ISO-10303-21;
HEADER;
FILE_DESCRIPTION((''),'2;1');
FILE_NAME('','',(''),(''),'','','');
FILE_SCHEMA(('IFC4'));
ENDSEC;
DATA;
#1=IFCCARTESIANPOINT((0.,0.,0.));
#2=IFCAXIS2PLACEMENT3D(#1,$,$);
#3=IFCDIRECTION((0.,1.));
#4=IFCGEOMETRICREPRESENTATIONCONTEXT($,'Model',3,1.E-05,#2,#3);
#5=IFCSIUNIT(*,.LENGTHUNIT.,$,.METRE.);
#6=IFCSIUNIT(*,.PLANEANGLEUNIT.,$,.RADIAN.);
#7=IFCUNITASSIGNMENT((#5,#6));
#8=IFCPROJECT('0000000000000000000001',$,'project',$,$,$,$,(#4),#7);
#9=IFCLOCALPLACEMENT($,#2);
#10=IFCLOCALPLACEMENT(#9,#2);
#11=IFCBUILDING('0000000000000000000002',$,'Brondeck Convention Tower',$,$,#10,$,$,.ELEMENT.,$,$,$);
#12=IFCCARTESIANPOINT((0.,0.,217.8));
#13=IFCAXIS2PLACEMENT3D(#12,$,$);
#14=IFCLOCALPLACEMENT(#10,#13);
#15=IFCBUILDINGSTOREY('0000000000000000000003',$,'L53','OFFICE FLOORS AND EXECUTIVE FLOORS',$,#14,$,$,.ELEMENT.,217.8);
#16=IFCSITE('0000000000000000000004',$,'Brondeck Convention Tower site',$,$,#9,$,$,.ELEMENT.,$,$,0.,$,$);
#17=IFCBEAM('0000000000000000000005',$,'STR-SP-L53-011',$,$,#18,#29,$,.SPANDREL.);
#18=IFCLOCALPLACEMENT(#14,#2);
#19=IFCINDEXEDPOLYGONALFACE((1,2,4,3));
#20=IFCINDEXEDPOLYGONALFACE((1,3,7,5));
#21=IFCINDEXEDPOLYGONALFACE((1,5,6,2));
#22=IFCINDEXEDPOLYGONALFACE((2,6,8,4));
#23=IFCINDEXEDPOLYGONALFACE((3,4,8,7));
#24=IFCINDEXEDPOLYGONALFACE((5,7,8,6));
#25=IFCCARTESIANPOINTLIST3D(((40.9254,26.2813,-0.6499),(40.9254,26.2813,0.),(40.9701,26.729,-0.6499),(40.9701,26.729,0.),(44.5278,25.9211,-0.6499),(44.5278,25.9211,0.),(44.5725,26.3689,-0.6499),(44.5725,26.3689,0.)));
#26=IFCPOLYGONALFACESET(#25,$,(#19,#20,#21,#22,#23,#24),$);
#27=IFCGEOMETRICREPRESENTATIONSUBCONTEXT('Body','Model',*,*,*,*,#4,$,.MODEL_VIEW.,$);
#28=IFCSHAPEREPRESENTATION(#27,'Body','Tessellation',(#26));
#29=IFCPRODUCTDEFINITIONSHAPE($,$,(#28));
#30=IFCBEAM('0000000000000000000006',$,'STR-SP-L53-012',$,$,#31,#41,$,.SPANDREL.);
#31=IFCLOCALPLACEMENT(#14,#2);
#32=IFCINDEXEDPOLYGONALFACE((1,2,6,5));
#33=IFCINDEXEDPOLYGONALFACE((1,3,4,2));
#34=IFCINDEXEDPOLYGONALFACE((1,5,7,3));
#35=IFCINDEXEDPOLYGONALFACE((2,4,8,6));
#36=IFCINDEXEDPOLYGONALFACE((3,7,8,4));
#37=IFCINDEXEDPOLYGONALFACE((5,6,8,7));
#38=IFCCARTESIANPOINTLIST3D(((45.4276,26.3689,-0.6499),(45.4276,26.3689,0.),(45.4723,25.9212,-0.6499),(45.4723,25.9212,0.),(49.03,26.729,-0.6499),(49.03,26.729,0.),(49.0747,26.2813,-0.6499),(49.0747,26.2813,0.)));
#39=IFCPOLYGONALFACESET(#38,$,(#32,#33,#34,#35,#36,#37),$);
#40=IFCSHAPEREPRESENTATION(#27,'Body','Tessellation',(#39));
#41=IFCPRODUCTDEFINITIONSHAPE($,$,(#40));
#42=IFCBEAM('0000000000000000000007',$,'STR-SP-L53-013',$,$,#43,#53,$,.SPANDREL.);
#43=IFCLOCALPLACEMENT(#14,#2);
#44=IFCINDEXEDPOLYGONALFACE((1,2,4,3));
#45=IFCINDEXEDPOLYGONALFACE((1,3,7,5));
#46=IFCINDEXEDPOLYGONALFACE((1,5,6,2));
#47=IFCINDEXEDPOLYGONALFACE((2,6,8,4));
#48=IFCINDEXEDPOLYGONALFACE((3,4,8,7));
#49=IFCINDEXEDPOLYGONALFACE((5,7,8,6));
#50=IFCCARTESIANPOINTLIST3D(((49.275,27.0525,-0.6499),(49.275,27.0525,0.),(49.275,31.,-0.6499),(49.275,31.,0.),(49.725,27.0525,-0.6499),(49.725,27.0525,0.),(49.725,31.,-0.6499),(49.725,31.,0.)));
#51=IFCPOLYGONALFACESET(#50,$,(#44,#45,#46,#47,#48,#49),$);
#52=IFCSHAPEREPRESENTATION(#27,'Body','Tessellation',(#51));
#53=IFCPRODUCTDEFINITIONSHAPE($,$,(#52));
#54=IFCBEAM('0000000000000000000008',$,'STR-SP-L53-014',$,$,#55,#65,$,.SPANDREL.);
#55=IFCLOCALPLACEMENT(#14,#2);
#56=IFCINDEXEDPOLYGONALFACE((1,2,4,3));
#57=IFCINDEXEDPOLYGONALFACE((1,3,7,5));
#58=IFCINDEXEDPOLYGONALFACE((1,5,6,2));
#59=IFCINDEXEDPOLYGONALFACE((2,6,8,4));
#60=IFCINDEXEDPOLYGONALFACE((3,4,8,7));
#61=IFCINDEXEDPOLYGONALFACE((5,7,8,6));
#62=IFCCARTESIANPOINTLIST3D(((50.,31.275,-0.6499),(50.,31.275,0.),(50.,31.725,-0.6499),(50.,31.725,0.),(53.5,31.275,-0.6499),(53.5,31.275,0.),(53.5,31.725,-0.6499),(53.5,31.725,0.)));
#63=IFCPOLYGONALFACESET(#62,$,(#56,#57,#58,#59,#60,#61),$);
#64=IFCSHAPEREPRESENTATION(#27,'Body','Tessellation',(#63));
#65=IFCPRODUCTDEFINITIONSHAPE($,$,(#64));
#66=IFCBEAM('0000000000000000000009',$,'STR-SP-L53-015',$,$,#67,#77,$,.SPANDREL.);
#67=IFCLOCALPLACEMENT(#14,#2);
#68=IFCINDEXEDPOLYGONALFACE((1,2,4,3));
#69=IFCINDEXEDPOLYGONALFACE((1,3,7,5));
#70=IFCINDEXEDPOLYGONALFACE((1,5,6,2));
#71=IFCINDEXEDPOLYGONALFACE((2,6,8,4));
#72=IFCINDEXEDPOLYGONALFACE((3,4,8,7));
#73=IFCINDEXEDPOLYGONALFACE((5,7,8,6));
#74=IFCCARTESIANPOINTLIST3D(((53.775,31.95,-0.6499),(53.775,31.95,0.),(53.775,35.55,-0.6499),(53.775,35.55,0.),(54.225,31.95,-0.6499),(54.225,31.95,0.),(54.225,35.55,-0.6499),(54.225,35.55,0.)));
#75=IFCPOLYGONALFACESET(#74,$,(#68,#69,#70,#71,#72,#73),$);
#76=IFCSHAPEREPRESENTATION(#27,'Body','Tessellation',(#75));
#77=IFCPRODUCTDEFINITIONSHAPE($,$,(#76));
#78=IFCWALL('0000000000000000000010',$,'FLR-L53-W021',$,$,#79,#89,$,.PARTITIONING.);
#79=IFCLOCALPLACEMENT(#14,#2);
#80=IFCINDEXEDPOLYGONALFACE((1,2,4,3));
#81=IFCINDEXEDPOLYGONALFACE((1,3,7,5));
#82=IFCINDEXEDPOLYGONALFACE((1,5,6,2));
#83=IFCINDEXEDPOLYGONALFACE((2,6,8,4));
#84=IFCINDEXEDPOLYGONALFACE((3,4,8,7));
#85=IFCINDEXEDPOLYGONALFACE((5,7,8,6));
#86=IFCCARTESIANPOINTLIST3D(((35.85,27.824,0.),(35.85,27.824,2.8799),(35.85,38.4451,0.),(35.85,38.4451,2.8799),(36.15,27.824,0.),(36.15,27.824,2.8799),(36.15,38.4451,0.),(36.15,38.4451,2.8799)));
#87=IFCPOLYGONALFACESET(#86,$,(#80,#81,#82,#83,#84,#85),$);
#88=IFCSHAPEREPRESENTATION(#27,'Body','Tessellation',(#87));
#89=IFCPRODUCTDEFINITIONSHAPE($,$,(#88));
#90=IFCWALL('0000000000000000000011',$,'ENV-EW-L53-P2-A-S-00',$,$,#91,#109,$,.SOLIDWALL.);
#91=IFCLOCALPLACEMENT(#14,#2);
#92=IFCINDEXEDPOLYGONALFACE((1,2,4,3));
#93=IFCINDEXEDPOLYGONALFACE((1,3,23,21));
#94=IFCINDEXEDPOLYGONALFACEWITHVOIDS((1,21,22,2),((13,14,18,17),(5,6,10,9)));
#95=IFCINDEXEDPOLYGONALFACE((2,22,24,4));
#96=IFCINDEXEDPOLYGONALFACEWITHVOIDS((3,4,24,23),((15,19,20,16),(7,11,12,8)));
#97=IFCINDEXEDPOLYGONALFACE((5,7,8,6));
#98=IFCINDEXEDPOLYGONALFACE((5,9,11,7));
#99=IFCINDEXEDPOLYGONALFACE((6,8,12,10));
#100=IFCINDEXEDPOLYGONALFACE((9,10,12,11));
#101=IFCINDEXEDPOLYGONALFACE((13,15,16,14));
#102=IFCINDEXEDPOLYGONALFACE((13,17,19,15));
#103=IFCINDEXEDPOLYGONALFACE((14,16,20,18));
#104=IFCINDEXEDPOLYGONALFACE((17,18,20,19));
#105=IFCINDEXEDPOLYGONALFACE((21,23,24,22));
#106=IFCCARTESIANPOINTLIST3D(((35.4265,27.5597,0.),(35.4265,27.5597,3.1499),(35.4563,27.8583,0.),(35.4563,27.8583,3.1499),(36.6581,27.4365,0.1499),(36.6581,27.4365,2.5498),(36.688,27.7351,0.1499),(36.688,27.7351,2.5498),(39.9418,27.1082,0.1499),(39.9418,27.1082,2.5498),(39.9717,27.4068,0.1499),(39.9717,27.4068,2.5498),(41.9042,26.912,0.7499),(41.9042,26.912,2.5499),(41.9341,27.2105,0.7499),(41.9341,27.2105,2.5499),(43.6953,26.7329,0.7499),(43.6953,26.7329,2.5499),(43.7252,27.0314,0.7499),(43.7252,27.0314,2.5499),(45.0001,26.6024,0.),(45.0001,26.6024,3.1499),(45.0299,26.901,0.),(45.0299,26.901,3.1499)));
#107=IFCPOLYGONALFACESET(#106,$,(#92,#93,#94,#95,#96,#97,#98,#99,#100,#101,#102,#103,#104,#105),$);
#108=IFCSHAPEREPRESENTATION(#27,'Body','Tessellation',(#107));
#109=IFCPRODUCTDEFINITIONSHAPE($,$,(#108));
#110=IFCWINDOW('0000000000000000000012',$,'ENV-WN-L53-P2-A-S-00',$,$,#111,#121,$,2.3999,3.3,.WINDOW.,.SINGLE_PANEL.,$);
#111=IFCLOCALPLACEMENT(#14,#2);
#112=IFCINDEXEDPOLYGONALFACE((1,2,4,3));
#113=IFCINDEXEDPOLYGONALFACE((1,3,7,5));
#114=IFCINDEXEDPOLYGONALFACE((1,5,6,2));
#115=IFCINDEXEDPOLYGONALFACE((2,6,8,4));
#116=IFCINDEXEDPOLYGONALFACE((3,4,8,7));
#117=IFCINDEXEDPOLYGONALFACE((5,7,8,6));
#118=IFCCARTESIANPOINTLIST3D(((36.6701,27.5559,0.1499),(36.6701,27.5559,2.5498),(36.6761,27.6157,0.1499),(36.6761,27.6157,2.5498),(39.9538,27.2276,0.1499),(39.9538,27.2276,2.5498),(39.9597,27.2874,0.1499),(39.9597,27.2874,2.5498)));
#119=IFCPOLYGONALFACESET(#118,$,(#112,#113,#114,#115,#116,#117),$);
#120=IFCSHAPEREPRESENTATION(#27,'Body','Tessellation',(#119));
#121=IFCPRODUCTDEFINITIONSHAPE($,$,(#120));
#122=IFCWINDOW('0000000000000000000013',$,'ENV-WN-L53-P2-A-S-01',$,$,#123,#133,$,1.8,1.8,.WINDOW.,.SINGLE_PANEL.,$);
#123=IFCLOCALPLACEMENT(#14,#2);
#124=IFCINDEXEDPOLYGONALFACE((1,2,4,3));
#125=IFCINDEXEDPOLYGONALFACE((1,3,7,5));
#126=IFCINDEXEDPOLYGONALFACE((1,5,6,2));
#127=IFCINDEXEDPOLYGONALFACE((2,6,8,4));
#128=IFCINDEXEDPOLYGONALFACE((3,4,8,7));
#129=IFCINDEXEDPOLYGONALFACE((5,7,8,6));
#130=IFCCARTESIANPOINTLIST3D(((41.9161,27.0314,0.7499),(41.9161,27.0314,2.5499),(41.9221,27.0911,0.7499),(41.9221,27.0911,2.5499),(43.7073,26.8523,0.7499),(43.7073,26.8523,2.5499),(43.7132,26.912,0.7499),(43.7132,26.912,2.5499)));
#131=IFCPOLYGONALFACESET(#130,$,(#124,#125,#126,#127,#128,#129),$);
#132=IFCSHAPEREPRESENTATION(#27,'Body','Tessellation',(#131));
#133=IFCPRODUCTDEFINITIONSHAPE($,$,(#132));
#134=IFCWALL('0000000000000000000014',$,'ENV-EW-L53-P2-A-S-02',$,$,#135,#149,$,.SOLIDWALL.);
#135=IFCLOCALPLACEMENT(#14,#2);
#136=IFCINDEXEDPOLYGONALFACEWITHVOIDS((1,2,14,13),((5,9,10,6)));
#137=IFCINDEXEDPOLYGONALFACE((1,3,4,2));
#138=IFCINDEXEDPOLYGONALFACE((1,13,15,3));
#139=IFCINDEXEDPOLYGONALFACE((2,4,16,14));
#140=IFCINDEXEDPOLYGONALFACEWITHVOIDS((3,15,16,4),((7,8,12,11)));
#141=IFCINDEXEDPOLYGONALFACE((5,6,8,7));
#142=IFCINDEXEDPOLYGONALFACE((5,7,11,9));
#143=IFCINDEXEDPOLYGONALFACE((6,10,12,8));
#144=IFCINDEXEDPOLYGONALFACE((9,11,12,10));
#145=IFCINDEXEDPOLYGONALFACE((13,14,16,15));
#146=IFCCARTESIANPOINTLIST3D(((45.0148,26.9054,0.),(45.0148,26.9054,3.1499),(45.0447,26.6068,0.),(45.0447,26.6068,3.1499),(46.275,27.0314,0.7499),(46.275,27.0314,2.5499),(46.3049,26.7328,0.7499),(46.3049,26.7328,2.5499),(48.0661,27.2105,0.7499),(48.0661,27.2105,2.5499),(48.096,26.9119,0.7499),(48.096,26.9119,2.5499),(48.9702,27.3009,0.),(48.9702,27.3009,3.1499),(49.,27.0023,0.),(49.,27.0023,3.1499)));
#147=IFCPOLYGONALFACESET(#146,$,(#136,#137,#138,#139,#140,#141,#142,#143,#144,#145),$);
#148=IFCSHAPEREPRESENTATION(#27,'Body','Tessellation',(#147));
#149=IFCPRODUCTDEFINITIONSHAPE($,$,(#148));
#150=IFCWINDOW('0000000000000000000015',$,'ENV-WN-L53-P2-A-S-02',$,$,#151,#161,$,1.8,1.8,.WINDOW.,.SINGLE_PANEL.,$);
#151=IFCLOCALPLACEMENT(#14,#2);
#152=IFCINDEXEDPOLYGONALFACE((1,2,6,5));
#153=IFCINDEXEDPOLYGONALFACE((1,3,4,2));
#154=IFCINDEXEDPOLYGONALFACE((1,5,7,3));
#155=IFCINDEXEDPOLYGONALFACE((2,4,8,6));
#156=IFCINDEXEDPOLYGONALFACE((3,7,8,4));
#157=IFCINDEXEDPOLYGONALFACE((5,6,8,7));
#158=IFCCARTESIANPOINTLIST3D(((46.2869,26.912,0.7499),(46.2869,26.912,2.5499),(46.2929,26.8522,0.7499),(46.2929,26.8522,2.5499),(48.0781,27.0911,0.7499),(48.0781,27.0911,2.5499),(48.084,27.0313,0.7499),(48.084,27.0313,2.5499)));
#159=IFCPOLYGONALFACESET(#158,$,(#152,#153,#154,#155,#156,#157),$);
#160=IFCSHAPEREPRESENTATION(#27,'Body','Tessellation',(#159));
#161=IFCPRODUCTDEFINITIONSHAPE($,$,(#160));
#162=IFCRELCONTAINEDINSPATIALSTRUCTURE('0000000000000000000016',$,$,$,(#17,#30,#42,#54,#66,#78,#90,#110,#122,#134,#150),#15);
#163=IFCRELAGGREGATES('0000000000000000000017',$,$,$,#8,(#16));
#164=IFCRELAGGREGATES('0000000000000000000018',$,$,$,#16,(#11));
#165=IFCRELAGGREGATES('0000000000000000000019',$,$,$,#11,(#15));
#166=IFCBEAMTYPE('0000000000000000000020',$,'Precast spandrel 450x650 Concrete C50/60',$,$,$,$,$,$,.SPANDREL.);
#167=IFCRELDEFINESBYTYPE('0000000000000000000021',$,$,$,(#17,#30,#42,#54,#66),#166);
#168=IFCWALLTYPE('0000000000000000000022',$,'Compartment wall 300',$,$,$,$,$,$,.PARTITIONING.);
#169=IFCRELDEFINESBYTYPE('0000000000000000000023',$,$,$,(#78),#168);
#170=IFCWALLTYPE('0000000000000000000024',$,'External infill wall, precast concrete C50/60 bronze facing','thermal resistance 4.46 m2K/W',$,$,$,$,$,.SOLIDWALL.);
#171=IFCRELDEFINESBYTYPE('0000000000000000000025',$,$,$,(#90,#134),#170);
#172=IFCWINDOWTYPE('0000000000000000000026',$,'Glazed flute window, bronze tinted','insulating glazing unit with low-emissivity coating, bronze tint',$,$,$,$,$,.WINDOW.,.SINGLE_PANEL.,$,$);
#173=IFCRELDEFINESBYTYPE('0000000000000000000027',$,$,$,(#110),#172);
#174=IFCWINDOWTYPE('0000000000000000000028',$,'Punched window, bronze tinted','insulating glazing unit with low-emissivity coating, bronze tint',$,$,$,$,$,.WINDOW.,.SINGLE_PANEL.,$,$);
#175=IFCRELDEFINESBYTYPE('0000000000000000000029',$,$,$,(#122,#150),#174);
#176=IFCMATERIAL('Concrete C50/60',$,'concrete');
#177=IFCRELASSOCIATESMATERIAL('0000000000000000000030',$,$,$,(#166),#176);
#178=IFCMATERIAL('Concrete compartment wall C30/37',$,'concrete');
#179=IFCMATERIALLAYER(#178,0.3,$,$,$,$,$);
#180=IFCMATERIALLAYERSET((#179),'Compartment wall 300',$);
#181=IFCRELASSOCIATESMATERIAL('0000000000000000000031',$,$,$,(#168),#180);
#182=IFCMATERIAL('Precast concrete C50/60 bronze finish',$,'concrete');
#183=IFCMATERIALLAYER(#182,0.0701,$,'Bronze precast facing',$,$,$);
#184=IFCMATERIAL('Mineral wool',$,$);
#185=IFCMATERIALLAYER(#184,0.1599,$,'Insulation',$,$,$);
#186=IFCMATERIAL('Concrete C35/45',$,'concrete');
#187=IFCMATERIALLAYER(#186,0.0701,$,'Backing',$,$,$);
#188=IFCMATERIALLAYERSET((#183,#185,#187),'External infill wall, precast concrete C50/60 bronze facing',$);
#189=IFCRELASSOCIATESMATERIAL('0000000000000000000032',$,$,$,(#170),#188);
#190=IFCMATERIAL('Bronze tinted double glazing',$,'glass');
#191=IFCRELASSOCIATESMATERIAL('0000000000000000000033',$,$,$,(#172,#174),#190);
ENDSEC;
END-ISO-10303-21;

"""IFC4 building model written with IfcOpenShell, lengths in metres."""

from ifc_helpers import new_model, si_unit, direction, frame, frame_2d, origin, origin_2d, place, context, subcontext, project, spatial, rectangle, extrude, material, layer, layer_set, material_profile, profile_set, type_object, element, fill, save


model = new_model("IFC4")

# Units and contexts
model_context = context("Model", 3, precision=1e-05, world=origin(), true_north=direction((0.0, 1.0)))
body_context = subcontext(model_context, "Body", "Model", "MODEL_VIEW")
ifc_project = project(units=[si_unit("LENGTHUNIT", "METRE"), si_unit("PLANEANGLEUNIT", "RADIAN")], contexts=[model_context])

# Site, building, storey
site_placement = place(None, origin())
site = spatial("IfcSite", under=ifc_project, at=site_placement, Name="Brondeck Convention Tower site", CompositionType="ELEMENT", RefElevation=0.0)
building_placement = place(site_placement, origin())
building = spatial("IfcBuilding", under=site, at=building_placement, Name="Brondeck Convention Tower", CompositionType="ELEMENT")
storey_placement = place(building_placement, frame((0.0, 0.0, 217.8)))
storey = spatial("IfcBuildingStorey", under=building, at=storey_placement, Name="L53", Description="OFFICE FLOORS AND EXECUTIVE FLOORS", CompositionType="ELEMENT", Elevation=217.8)

# Shared definitions
ifc_material_1 = material(Name="Concrete C50/60", Category="concrete")

# Beams
ifc_material_profile_1 = material_profile(ifc_material_1, rectangle(XDim=0.45, YDim=0.6499, at=origin_2d()), Name="Precast spandrel 450x650 Concrete C50/60")
ifc_profile_set_1 = profile_set([ifc_material_profile_1], Name="Concrete C50/60")
beam_type_1 = type_object("IfcBeamType", Name="Precast spandrel 450x650 Concrete C50/60", PredefinedType="SPANDREL", material=ifc_profile_set_1)
for number, where, z_axis, x_axis, name in (
    (1, (40.9478, 26.5051, -0.325), (0.995041, -0.09947, 0.0), (0.09947, 0.995041, 0.0), "STR-SP-L53-011"),
    (2, (45.45, 26.145, -0.325), (0.995041, 0.09947, 0.0), (-0.09947, 0.995041, 0.0), "STR-SP-L53-012"),
):
    element("IfcBeam", number, at=place(storey_placement, frame(where, z_axis=z_axis, x_axis=x_axis)), inside=storey, type_object=beam_type_1, Name=name, PredefinedType="SPANDREL", context=body_context, shape_type="SweptSolid", body=[
        extrude(rectangle(XDim=0.45, YDim=0.6499, at=origin_2d()), origin(), (0.0, 0.0, 1.0), 3.6204),
    ])
beam_1_placement = place(storey_placement, frame((49.5, 27.0525, -0.325), z_axis=(0.0, 1.0, 0.0), x_axis=(-1.0, 0.0, 0.0)))
element("IfcBeam", 3, at=beam_1_placement, inside=storey, type_object=beam_type_1, Name="STR-SP-L53-013", PredefinedType="SPANDREL", context=body_context, shape_type="SweptSolid", body=[
    extrude(rectangle(XDim=0.45, YDim=0.6499, at=origin_2d()), origin(), (0.0, 0.0, 1.0), 3.9475),
])
beam_2_placement = place(storey_placement, frame((50.0, 31.5, -0.325), z_axis=(1.0, 0.0, 0.0), x_axis=(0.0, 1.0, 0.0)))
element("IfcBeam", 4, at=beam_2_placement, inside=storey, type_object=beam_type_1, Name="STR-SP-L53-014", PredefinedType="SPANDREL", context=body_context, shape_type="SweptSolid", body=[
    extrude(rectangle(XDim=0.45, YDim=0.6499, at=origin_2d()), origin(), (0.0, 0.0, 1.0), 3.5),
])
beam_3_placement = place(storey_placement, frame((54.0, 31.95, -0.325), z_axis=(0.0, 1.0, 0.0), x_axis=(-1.0, 0.0, 0.0)))
element("IfcBeam", 5, at=beam_3_placement, inside=storey, type_object=beam_type_1, Name="STR-SP-L53-015", PredefinedType="SPANDREL", context=body_context, shape_type="SweptSolid", body=[
    extrude(rectangle(XDim=0.45, YDim=0.6499, at=origin_2d()), origin(), (0.0, 0.0, 1.0), 3.6001),
])

# Wall
ifc_material_2 = material(Name="Concrete compartment wall C30/37", Category="concrete")
ifc_layer_1 = layer(ifc_material_2, 0.3)
ifc_layer_set_1 = layer_set([ifc_layer_1], Name="Compartment wall 300")
wall_type_1 = type_object("IfcWallType", Name="Compartment wall 300", PredefinedType="PARTITIONING", material=ifc_layer_set_1)
wall_1_placement = place(storey_placement, frame((36.0, 27.824, 0.0), z_axis=(0.0, 0.0, 1.0), x_axis=(0.0, 1.0, 0.0)))
element("IfcWall", 6, at=wall_1_placement, inside=storey, type_object=wall_type_1, Name="FLR-L53-W021", PredefinedType="PARTITIONING", context=body_context, shape_type="SweptSolid", body=[
    extrude(rectangle(XDim=10.6211, YDim=0.3, at=frame_2d((5.3105, 0.0))), origin(), (0.0, 0.0, 1.0), 2.8799),
])

# Wall, openings, windows
ifc_material_3 = material(Name="Precast concrete C50/60 bronze finish", Category="concrete")
ifc_layer_2 = layer(ifc_material_3, 0.0701, Name="Bronze precast facing")
ifc_material_4 = material(Name="Mineral wool")
ifc_layer_3 = layer(ifc_material_4, 0.1599, Name="Insulation")
ifc_material_5 = material(Name="Concrete C35/45", Category="concrete")
ifc_layer_4 = layer(ifc_material_5, 0.0701, Name="Backing")
ifc_layer_set_2 = layer_set([ifc_layer_2, ifc_layer_3, ifc_layer_4], Name="External infill wall, precast concrete C50/60 bronze facing")
wall_type_2 = type_object("IfcWallType", Name="External infill wall, precast concrete C50/60 bronze facing", Description="thermal resistance 4.46 m2K/W", PredefinedType="SOLIDWALL", material=ifc_layer_set_2)
wall_2_placement = place(storey_placement, frame((45.0149, 26.7517, 0.0), z_axis=(0.0, 0.0, 1.0), x_axis=(-0.995038, 0.099496, 0.0)))
wall_2 = element("IfcWall", 7, at=wall_2_placement, inside=storey, type_object=wall_type_2, Name="ENV-EW-L53-P2-A-S-00", PredefinedType="SOLIDWALL", context=body_context, shape_type="SweptSolid", body=[
    extrude(rectangle(XDim=9.6213, YDim=0.3, at=frame_2d((4.8105, 0.0))), origin(), (0.0, 0.0, 1.0), 3.1499),
])
opening_1_placement = place(wall_2_placement, frame((1.3113, 0.0, 0.75)))
opening_1 = element("IfcOpeningElement", 8, at=opening_1_placement, cuts=wall_2, PredefinedType="OPENING", context=body_context, shape_type="SweptSolid", body=[
    extrude(rectangle(XDim=1.8, YDim=1.8, at=frame_2d((0.8999, 0.8999))), frame((0.0, 0.1599, 0.0), z_axis=(0.0, -1.0, 0.0), x_axis=(1.0, 0.0, 0.0)), (0.0, 0.0, 1.0), 0.3201),
])
opening_2_placement = place(wall_2_placement, frame((5.0835, 0.0, 0.1499)))
opening_2 = element("IfcOpeningElement", 9, at=opening_2_placement, cuts=wall_2, PredefinedType="OPENING", context=body_context, shape_type="SweptSolid", body=[
    extrude(rectangle(XDim=3.3, YDim=2.3999, at=frame_2d((1.6499, 1.2))), frame((0.0, 0.1599, 0.0), z_axis=(0.0, -1.0, 0.0), x_axis=(1.0, 0.0, 0.0)), (0.0, 0.0, 1.0), 0.3201),
])
ifc_material_6 = material(Name="Bronze tinted double glazing", Category="glass")
window_type_1 = type_object("IfcWindowType", Name="Glazed flute window, bronze tinted", Description="insulating glazing unit with low-emissivity coating, bronze tint", PartitioningType="SINGLE_PANEL", PredefinedType="WINDOW", material=ifc_material_6)
window_1_placement = place(opening_2_placement, origin())
window_1 = element("IfcWindow", 10, at=window_1_placement, inside=storey, type_object=window_type_1, Name="ENV-WN-L53-P2-A-S-00", OverallHeight=2.3999, OverallWidth=3.3, PartitioningType="SINGLE_PANEL", PredefinedType="WINDOW", context=body_context, shape_type="SweptSolid", body=[
    extrude(rectangle(XDim=3.3, YDim=2.3999, at=frame_2d((1.6499, 1.2))), frame((0.0, 0.03, 0.0), z_axis=(0.0, -1.0, 0.0), x_axis=(1.0, 0.0, 0.0)), (0.0, 0.0, 1.0), 0.0601),
])
fill(opening_2, window_1)
window_type_2 = type_object("IfcWindowType", Name="Punched window, bronze tinted", Description="insulating glazing unit with low-emissivity coating, bronze tint", PartitioningType="SINGLE_PANEL", PredefinedType="WINDOW", material=ifc_material_6)
window_2_placement = place(opening_1_placement, origin())
window_2 = element("IfcWindow", 11, at=window_2_placement, inside=storey, type_object=window_type_2, Name="ENV-WN-L53-P2-A-S-01", OverallHeight=1.8, OverallWidth=1.8, PartitioningType="SINGLE_PANEL", PredefinedType="WINDOW", context=body_context, shape_type="SweptSolid", body=[
    extrude(rectangle(XDim=1.8, YDim=1.8, at=frame_2d((0.8999, 0.8999))), frame((0.0, 0.03, 0.0), z_axis=(0.0, -1.0, 0.0), x_axis=(1.0, 0.0, 0.0)), (0.0, 0.0, 1.0), 0.0601),
])
fill(opening_1, window_2)

# Wall, opening, window
wall_3_placement = place(storey_placement, frame((48.9851, 27.1516, 0.0), z_axis=(0.0, 0.0, 1.0), x_axis=(-0.995038, -0.099498, 0.0)))
wall_3 = element("IfcWall", 12, at=wall_3_placement, inside=storey, type_object=wall_type_2, Name="ENV-EW-L53-P2-A-S-02", PredefinedType="SOLIDWALL", context=body_context, shape_type="SweptSolid", body=[
    extrude(rectangle(XDim=3.9751, YDim=0.3, at=frame_2d((1.9875, 0.0))), origin(), (0.0, 0.0, 1.0), 3.1499),
])
opening_3_placement = place(wall_3_placement, frame((0.9087, 0.0, 0.75)))
opening_3 = element("IfcOpeningElement", 13, at=opening_3_placement, cuts=wall_3, PredefinedType="OPENING", context=body_context, shape_type="SweptSolid", body=[
    extrude(rectangle(XDim=1.8, YDim=1.8, at=frame_2d((0.8999, 0.8999))), frame((0.0, 0.1599, 0.0), z_axis=(0.0, -1.0, 0.0), x_axis=(1.0, 0.0, 0.0)), (0.0, 0.0, 1.0), 0.3201),
])
window_3_placement = place(opening_3_placement, origin())
window_3 = element("IfcWindow", 14, at=window_3_placement, inside=storey, type_object=window_type_2, Name="ENV-WN-L53-P2-A-S-02", OverallHeight=1.8, OverallWidth=1.8, PartitioningType="SINGLE_PANEL", PredefinedType="WINDOW", context=body_context, shape_type="SweptSolid", body=[
    extrude(rectangle(XDim=1.8, YDim=1.8, at=frame_2d((0.8999, 0.8999))), frame((0.0, 0.03, 0.0), z_axis=(0.0, -1.0, 0.0), x_axis=(1.0, 0.0, 0.0)), (0.0, 0.0, 1.0), 0.0601),
])
fill(opening_3, window_3)

save(model, "model.ifc")
